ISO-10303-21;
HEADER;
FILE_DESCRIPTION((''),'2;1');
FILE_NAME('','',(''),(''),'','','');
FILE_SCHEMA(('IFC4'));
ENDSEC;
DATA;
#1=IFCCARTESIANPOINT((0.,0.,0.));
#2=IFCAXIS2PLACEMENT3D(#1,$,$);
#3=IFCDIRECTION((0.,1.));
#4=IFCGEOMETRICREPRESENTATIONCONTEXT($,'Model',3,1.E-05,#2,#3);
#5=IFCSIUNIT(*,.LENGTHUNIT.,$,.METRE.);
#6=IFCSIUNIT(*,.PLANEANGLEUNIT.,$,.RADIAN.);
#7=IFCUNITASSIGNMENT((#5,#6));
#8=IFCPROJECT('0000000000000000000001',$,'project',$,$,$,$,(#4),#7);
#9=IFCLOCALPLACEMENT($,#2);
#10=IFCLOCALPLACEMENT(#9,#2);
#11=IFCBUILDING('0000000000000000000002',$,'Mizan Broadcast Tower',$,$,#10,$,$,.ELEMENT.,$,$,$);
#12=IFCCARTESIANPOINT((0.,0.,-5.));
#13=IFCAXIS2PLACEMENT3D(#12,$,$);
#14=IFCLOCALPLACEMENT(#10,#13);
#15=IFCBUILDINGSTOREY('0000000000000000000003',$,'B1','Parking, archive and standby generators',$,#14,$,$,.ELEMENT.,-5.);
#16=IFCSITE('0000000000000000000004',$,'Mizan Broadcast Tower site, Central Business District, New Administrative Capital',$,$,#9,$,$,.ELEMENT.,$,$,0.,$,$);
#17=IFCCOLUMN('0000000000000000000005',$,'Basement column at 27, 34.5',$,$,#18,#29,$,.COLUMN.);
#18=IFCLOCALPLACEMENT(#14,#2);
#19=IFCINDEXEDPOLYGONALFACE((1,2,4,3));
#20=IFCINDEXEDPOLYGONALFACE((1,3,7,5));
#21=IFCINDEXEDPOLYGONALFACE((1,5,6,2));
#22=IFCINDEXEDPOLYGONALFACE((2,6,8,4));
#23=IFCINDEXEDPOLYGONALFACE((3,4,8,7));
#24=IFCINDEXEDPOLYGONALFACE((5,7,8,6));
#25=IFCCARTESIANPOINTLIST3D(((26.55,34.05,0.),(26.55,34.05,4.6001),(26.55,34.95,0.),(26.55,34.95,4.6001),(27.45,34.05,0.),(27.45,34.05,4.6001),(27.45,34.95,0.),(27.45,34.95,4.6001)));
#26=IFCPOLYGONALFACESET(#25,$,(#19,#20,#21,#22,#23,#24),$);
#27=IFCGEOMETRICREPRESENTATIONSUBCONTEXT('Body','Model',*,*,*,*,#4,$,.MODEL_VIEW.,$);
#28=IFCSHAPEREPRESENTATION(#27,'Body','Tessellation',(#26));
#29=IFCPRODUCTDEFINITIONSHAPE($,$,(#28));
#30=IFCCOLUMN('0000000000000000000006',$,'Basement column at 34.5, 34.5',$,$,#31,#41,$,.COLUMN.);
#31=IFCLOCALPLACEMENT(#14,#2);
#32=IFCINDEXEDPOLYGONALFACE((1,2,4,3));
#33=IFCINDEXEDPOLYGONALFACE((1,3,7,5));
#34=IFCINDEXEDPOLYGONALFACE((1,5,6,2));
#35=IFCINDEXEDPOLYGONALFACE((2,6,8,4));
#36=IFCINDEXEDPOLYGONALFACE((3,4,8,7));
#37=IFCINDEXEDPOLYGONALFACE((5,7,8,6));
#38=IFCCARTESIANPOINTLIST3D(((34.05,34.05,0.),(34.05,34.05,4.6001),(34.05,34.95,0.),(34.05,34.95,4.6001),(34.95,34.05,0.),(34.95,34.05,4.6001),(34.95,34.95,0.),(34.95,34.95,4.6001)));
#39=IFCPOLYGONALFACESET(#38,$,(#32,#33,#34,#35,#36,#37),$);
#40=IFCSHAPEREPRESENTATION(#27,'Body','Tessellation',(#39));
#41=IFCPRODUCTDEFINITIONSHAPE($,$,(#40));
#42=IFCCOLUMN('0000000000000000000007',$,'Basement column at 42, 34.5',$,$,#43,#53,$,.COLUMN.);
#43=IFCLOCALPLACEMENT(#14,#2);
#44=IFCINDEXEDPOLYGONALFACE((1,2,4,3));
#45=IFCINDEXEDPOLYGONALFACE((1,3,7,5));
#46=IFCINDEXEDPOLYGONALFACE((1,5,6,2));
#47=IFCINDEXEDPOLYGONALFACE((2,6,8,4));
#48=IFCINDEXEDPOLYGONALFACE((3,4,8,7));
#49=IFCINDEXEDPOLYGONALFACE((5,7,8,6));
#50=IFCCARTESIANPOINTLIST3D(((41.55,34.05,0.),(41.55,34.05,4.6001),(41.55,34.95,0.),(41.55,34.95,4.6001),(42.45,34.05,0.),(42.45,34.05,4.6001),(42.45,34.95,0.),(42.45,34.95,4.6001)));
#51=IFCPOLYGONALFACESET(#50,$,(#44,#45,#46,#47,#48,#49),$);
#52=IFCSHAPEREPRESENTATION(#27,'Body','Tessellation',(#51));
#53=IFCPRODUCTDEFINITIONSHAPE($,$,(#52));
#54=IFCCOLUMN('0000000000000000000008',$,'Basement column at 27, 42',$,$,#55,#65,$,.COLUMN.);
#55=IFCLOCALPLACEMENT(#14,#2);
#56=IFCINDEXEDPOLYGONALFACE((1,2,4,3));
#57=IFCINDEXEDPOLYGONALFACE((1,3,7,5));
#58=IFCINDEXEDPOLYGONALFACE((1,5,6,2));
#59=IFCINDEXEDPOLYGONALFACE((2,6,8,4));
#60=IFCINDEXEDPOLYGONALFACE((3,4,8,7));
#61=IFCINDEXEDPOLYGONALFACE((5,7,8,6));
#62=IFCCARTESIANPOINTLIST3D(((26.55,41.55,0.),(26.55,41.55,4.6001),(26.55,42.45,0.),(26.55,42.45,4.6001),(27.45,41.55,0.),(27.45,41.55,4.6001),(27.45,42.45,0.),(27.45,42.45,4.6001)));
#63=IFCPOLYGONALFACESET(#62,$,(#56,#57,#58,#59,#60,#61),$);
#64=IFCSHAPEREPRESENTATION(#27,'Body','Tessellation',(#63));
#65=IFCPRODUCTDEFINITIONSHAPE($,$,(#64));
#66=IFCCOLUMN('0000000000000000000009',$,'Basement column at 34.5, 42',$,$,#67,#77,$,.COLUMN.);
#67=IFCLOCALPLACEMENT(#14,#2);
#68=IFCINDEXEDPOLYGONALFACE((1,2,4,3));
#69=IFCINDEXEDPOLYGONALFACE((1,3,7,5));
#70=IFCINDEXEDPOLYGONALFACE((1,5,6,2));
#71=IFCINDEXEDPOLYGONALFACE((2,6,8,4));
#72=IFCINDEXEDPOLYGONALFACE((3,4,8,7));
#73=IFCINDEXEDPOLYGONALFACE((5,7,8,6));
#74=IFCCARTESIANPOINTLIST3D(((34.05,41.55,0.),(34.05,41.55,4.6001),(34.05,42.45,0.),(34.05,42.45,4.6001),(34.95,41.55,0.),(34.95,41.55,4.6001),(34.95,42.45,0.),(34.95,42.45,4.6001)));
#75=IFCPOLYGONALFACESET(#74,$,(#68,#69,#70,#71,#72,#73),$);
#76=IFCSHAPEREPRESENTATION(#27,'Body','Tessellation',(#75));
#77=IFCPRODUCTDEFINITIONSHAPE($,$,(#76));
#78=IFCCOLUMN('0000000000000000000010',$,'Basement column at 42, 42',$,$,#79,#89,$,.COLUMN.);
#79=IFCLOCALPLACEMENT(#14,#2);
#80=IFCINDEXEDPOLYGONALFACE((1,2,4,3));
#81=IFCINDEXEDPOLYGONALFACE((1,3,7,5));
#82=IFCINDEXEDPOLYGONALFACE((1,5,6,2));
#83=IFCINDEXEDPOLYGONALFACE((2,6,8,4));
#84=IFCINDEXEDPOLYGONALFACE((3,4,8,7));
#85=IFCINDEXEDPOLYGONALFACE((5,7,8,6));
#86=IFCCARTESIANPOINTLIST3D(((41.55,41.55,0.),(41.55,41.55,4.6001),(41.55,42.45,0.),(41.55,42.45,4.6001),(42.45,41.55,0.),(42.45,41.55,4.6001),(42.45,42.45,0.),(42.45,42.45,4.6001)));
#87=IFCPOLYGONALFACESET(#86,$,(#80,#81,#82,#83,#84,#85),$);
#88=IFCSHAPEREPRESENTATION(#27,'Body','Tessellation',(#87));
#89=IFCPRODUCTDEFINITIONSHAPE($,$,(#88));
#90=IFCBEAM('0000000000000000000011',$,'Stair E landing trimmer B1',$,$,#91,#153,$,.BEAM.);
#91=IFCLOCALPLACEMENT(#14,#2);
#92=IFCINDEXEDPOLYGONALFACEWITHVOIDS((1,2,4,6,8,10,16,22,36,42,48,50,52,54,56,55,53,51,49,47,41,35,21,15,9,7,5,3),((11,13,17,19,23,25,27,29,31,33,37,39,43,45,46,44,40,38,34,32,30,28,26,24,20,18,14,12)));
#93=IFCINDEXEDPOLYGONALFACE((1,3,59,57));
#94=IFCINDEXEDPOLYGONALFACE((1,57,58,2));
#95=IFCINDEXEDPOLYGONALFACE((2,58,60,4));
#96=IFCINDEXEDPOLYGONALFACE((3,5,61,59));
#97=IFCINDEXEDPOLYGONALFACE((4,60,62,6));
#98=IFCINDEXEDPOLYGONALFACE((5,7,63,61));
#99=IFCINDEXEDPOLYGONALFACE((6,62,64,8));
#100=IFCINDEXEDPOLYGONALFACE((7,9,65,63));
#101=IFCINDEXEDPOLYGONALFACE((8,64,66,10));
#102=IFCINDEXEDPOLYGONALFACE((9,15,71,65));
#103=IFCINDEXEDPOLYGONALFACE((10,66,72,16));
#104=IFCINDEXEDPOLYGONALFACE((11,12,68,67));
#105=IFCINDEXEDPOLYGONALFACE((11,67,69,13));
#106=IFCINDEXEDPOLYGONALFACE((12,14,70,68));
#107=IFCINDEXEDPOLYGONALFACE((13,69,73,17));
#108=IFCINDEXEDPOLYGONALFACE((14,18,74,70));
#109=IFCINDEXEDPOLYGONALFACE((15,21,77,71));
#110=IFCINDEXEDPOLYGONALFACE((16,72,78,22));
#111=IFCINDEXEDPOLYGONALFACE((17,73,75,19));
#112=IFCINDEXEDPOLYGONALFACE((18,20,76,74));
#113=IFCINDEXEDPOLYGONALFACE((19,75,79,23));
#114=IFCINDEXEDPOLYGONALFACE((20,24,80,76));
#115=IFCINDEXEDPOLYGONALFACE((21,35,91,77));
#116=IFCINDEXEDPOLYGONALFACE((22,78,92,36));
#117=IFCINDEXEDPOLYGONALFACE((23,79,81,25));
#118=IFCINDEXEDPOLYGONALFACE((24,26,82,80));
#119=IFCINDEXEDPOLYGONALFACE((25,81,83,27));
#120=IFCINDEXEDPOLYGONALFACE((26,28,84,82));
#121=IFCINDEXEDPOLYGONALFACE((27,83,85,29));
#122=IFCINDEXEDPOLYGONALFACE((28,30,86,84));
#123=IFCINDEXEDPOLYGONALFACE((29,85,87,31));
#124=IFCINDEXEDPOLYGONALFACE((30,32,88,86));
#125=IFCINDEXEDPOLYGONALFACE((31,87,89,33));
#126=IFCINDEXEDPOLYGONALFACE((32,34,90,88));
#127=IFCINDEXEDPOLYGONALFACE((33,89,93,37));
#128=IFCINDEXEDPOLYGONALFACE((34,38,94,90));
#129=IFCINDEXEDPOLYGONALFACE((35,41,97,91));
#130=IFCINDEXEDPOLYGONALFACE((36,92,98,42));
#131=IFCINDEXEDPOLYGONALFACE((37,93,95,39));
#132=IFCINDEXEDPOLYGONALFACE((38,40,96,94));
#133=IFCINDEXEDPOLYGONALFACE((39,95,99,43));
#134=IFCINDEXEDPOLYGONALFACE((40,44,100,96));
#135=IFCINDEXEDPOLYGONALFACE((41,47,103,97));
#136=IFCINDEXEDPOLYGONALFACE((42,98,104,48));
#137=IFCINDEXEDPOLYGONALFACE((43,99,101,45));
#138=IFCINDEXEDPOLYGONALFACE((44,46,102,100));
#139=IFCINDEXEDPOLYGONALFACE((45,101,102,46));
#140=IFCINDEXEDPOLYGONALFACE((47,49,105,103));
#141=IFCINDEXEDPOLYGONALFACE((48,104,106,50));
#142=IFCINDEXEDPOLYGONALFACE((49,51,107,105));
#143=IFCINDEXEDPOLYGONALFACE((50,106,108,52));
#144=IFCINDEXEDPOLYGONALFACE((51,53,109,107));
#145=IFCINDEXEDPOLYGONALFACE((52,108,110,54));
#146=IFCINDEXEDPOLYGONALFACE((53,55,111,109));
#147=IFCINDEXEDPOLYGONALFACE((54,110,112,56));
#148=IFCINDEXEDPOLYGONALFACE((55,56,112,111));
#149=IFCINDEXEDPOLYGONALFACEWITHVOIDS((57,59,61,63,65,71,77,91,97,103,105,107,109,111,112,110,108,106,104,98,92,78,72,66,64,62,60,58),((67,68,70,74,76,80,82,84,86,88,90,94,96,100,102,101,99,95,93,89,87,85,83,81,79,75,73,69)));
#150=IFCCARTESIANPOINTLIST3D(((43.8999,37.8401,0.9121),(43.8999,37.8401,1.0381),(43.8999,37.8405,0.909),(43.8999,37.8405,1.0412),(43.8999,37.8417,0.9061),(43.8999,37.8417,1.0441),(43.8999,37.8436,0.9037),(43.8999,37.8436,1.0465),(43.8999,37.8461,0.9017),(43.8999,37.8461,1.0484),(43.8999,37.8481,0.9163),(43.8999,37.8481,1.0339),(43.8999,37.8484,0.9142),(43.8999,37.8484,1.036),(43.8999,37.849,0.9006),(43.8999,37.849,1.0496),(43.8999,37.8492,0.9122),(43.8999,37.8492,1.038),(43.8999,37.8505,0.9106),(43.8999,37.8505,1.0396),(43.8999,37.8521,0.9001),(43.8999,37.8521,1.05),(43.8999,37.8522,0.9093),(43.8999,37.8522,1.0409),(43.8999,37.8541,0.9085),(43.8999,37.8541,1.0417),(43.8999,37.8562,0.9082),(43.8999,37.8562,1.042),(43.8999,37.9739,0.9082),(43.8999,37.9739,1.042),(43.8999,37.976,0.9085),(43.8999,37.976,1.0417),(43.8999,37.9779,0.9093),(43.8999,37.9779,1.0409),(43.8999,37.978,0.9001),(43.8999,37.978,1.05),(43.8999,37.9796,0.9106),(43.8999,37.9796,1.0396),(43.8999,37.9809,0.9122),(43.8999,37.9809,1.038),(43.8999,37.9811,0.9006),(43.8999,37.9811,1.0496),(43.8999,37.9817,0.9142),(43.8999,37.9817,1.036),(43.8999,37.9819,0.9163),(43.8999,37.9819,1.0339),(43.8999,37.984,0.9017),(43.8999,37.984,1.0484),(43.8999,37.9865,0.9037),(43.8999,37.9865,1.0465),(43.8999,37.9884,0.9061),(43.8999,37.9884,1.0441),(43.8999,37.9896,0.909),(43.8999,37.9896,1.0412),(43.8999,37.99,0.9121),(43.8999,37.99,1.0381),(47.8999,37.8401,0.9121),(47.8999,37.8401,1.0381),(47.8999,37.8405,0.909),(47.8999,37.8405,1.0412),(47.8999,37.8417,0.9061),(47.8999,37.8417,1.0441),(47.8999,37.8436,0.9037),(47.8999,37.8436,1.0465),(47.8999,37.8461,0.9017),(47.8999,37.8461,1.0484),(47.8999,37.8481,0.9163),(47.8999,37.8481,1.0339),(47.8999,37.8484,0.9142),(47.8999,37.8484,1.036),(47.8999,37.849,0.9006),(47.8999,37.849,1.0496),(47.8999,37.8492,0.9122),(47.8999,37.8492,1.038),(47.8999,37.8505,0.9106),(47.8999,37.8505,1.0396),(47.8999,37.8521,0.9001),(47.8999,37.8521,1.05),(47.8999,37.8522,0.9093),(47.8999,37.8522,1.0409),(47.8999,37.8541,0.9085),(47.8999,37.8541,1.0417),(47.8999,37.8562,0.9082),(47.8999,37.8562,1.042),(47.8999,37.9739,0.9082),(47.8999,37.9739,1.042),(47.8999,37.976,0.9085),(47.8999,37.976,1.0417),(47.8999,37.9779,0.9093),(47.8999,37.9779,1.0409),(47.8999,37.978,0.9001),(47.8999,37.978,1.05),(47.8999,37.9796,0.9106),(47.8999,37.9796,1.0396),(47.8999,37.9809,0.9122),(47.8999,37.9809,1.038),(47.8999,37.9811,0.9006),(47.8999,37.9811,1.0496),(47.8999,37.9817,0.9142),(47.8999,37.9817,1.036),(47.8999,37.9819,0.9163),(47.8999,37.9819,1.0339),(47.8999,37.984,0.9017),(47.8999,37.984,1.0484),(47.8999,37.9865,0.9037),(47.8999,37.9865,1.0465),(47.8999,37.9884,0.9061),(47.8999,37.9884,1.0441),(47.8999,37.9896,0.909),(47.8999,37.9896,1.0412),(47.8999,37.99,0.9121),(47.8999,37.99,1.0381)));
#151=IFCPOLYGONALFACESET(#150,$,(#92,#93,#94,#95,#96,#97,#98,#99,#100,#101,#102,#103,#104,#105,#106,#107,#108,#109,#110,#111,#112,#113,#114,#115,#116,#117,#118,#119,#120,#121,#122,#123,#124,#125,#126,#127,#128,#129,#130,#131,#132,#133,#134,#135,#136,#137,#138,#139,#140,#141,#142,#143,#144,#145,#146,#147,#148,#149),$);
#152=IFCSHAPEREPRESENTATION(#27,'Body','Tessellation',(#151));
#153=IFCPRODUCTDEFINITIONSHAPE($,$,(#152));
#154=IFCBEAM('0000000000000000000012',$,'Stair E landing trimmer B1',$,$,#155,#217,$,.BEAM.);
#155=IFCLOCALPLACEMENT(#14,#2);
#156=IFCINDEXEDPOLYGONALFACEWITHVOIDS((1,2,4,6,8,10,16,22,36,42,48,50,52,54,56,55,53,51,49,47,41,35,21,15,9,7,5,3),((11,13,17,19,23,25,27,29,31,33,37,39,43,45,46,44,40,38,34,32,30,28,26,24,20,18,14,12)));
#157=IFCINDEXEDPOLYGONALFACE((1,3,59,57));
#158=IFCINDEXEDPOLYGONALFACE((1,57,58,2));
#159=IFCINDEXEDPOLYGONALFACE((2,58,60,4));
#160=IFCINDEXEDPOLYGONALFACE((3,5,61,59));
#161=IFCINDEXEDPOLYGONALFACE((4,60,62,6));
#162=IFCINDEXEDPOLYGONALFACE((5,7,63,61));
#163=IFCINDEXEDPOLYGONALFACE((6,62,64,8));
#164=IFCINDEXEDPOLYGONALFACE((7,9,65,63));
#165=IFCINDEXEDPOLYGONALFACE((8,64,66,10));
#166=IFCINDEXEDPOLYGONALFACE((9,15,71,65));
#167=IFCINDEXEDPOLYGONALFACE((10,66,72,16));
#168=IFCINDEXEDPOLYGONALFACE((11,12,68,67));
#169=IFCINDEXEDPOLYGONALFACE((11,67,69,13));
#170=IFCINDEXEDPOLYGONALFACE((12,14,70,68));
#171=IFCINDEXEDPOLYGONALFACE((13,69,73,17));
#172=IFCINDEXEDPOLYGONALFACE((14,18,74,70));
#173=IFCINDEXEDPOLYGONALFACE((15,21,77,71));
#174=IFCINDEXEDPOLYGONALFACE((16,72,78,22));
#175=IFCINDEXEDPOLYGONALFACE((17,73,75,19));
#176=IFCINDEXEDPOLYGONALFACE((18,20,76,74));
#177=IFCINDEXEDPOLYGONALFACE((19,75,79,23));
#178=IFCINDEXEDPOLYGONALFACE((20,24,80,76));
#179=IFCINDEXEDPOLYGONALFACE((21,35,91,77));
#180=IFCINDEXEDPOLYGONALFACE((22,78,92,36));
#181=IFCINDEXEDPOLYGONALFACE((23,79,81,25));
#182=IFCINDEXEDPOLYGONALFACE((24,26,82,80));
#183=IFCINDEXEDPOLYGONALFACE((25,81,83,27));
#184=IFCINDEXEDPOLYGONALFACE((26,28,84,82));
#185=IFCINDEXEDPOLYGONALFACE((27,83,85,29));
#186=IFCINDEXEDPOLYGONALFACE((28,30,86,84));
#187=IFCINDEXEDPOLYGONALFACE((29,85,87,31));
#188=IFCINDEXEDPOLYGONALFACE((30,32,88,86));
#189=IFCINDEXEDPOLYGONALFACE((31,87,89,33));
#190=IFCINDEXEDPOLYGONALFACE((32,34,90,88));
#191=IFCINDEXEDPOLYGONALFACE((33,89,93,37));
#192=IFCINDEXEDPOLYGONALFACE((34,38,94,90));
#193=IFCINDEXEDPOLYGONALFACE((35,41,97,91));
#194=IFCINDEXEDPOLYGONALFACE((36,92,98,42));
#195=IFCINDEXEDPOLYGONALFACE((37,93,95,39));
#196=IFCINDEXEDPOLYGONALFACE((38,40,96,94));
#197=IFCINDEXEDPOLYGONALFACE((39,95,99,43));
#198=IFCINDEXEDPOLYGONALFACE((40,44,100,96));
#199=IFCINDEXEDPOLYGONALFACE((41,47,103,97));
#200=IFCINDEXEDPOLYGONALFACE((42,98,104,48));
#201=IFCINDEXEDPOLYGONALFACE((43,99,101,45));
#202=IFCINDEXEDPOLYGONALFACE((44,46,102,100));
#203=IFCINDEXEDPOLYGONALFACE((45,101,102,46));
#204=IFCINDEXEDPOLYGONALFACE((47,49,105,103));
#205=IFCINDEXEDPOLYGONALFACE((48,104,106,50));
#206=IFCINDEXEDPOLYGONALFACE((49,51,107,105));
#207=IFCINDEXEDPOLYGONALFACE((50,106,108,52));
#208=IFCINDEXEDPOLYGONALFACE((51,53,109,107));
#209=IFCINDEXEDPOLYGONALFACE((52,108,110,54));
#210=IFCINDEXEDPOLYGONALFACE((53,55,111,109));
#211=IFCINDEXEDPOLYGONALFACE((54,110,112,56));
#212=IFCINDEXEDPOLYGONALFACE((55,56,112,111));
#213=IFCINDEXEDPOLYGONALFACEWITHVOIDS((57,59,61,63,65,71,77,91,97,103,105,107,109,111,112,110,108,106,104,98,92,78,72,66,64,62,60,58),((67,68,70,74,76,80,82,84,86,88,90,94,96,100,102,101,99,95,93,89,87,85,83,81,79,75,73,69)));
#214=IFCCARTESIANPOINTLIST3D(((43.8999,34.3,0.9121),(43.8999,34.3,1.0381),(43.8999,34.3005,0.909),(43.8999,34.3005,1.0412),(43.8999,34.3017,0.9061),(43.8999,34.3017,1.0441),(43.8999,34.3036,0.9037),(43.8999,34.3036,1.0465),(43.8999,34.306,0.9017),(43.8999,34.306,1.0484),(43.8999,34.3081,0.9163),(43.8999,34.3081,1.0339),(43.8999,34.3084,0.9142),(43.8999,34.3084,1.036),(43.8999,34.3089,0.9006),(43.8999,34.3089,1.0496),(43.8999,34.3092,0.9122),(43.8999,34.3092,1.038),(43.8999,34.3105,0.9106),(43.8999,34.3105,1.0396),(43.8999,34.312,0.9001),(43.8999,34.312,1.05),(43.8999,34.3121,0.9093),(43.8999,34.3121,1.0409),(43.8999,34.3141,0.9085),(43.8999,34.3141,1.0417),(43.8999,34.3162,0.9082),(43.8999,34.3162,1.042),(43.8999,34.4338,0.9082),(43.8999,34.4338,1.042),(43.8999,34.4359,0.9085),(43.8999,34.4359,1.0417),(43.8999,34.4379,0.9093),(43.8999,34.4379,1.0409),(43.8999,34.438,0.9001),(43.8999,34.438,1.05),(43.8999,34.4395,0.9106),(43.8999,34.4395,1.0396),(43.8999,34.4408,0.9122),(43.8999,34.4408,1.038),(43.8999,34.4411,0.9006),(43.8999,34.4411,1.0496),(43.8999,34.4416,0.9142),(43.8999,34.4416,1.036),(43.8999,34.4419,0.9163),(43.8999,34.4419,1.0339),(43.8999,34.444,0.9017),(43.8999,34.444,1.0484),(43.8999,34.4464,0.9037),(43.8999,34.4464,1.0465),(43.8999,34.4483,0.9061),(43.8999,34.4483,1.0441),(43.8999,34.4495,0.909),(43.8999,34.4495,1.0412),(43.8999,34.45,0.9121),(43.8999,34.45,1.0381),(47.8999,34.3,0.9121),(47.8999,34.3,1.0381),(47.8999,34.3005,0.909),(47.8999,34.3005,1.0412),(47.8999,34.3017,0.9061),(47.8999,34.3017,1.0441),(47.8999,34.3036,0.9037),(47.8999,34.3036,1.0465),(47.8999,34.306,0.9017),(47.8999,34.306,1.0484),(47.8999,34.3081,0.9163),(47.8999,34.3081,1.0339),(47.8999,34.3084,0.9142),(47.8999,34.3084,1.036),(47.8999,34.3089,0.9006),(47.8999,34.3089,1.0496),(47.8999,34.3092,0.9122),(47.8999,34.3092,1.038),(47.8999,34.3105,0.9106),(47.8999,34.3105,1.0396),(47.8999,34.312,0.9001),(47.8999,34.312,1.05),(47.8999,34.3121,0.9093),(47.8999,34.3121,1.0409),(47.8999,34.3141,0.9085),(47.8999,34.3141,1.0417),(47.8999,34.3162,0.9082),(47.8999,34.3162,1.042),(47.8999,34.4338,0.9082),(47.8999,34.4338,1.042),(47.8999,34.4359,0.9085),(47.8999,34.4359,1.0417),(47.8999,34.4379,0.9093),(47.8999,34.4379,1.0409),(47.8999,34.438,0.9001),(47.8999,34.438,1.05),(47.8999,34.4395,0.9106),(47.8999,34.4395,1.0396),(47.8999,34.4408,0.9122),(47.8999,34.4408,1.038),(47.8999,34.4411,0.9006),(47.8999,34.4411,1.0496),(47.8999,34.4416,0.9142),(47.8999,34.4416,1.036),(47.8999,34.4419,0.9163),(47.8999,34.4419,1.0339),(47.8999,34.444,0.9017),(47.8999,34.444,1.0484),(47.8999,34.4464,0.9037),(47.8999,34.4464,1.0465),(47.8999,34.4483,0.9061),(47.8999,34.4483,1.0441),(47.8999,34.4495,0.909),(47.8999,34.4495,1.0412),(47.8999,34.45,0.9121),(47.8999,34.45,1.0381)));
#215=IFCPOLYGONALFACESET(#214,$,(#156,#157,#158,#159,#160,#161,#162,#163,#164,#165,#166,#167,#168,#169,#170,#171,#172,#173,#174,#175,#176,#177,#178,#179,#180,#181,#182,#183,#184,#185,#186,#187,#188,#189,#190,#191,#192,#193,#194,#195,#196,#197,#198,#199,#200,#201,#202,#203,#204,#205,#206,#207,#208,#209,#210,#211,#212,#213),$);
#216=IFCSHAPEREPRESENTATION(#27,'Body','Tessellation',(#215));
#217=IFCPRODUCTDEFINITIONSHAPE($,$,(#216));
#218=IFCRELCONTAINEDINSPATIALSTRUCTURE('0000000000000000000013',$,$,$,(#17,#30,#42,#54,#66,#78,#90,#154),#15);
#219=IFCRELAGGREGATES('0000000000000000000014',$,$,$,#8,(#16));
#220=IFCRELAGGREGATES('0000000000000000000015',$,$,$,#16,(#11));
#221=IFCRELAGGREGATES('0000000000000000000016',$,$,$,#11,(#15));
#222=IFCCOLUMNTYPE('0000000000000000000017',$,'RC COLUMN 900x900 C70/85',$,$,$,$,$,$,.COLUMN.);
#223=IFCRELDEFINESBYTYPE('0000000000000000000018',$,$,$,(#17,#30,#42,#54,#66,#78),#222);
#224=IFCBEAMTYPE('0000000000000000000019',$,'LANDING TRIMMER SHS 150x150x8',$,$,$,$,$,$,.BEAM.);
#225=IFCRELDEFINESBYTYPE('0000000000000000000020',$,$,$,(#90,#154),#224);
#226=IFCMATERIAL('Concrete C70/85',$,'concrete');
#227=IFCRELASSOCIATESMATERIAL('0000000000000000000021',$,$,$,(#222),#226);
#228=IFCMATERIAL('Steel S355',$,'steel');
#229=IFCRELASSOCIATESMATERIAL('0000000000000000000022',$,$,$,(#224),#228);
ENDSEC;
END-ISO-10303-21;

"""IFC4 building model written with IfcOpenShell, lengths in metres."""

from ifc_helpers import new_model, si_unit, direction, frame, origin, origin_2d, place, context, subcontext, project, spatial, rectangle, hollow_rectangle, extrude, material, material_profile, profile_set, type_object, element, save


model = new_model("IFC4")

# Units and contexts
model_context = context("Model", 3, precision=1e-05, world=origin(), true_north=direction((0.0, 1.0)))
body_context = subcontext(model_context, "Body", "Model", "MODEL_VIEW")
ifc_project = project(units=[si_unit("LENGTHUNIT", "METRE"), si_unit("PLANEANGLEUNIT", "RADIAN")], contexts=[model_context])

# Site, building, storey
site_placement = place(None, origin())
site = spatial("IfcSite", under=ifc_project, at=site_placement, Name="Mizan Broadcast Tower site, Central Business District, New Administrative Capital", CompositionType="ELEMENT", RefElevation=0.0)
building_placement = place(site_placement, origin())
building = spatial("IfcBuilding", under=site, at=building_placement, Name="Mizan Broadcast Tower", CompositionType="ELEMENT")
storey_placement = place(building_placement, frame((0.0, 0.0, -5.0)))
storey = spatial("IfcBuildingStorey", under=building, at=storey_placement, Name="B1", Description="Parking, archive and standby generators", CompositionType="ELEMENT", Elevation=-5.0)

# Columns
ifc_material_1 = material(Name="Concrete C70/85", Category="concrete")
ifc_material_profile_1 = material_profile(ifc_material_1, rectangle(XDim=0.8999, YDim=0.8999, at=origin_2d()), Name="RC 900x900")
ifc_profile_set_1 = profile_set([ifc_material_profile_1], Name="Concrete C70/85")
column_type = type_object("IfcColumnType", Name="RC COLUMN 900x900 C70/85", PredefinedType="COLUMN", material=ifc_profile_set_1)
for number, where, z_axis, x_axis, name in (
    (1, (27.0, 34.5, 0.0), (0.0, 0.0, 1.0), (1.0, 0.0, 0.0), "Basement column at 27, 34.5"),
    (2, (34.5, 34.5, 0.0), (0.0, 0.0, 1.0), (1.0, 0.0, 0.0), "Basement column at 34.5, 34.5"),
    (3, (42.0, 34.5, 0.0), (0.0, 0.0, 1.0), (1.0, 0.0, 0.0), "Basement column at 42, 34.5"),
    (4, (27.0, 42.0, 0.0), (0.0, 0.0, 1.0), (1.0, 0.0, 0.0), "Basement column at 27, 42"),
    (5, (34.5, 42.0, 0.0), (0.0, 0.0, 1.0), (1.0, 0.0, 0.0), "Basement column at 34.5, 42"),
    (6, (42.0, 42.0, 0.0), (0.0, 0.0, 1.0), (1.0, 0.0, 0.0), "Basement column at 42, 42"),
):
    element("IfcColumn", number, at=place(storey_placement, frame(where, z_axis=z_axis, x_axis=x_axis)), inside=storey, type_object=column_type, Name=name, PredefinedType="COLUMN", context=body_context, shape_type="SweptSolid", body=[
        extrude(rectangle(XDim=0.8999, YDim=0.8999, at=origin_2d()), origin(), (0.0, 0.0, 1.0), 4.6001),
    ])

# Beams
ifc_material_2 = material(Name="Steel S355", Category="steel")
ifc_material_profile_2 = material_profile(ifc_material_2, hollow_rectangle(XDim=0.1499, YDim=0.1499, WallThickness=0.0081, InnerFilletRadius=0.0081, OuterFilletRadius=0.012, at=origin_2d()), Name="SHS 150x150x8")
ifc_profile_set_2 = profile_set([ifc_material_profile_2], Name="Steel S355")
beam_type_1 = type_object("IfcBeamType", Name="LANDING TRIMMER SHS 150x150x8", PredefinedType="BEAM", material=ifc_profile_set_2)
for number, where, z_axis, x_axis, name in (
    (7, (43.8999, 37.915, 0.9751), (1.0, 0.0, 0.0), (0.0, 1.0, 0.0), "Stair E landing trimmer B1"),
    (8, (43.8999, 34.375, 0.9751), (1.0, 0.0, 0.0), (0.0, 1.0, 0.0), "Stair E landing trimmer B1"),
):
    element("IfcBeam", number, at=place(storey_placement, frame(where, z_axis=z_axis, x_axis=x_axis)), inside=storey, type_object=beam_type_1, Name=name, PredefinedType="BEAM", context=body_context, shape_type="SweptSolid", body=[
        extrude(hollow_rectangle(XDim=0.1499, YDim=0.1499, WallThickness=0.0081, InnerFilletRadius=0.0081, OuterFilletRadius=0.012, at=origin_2d()), origin(), (0.0, 0.0, 1.0), 4.0),
    ])

save(model, "model.ifc")
